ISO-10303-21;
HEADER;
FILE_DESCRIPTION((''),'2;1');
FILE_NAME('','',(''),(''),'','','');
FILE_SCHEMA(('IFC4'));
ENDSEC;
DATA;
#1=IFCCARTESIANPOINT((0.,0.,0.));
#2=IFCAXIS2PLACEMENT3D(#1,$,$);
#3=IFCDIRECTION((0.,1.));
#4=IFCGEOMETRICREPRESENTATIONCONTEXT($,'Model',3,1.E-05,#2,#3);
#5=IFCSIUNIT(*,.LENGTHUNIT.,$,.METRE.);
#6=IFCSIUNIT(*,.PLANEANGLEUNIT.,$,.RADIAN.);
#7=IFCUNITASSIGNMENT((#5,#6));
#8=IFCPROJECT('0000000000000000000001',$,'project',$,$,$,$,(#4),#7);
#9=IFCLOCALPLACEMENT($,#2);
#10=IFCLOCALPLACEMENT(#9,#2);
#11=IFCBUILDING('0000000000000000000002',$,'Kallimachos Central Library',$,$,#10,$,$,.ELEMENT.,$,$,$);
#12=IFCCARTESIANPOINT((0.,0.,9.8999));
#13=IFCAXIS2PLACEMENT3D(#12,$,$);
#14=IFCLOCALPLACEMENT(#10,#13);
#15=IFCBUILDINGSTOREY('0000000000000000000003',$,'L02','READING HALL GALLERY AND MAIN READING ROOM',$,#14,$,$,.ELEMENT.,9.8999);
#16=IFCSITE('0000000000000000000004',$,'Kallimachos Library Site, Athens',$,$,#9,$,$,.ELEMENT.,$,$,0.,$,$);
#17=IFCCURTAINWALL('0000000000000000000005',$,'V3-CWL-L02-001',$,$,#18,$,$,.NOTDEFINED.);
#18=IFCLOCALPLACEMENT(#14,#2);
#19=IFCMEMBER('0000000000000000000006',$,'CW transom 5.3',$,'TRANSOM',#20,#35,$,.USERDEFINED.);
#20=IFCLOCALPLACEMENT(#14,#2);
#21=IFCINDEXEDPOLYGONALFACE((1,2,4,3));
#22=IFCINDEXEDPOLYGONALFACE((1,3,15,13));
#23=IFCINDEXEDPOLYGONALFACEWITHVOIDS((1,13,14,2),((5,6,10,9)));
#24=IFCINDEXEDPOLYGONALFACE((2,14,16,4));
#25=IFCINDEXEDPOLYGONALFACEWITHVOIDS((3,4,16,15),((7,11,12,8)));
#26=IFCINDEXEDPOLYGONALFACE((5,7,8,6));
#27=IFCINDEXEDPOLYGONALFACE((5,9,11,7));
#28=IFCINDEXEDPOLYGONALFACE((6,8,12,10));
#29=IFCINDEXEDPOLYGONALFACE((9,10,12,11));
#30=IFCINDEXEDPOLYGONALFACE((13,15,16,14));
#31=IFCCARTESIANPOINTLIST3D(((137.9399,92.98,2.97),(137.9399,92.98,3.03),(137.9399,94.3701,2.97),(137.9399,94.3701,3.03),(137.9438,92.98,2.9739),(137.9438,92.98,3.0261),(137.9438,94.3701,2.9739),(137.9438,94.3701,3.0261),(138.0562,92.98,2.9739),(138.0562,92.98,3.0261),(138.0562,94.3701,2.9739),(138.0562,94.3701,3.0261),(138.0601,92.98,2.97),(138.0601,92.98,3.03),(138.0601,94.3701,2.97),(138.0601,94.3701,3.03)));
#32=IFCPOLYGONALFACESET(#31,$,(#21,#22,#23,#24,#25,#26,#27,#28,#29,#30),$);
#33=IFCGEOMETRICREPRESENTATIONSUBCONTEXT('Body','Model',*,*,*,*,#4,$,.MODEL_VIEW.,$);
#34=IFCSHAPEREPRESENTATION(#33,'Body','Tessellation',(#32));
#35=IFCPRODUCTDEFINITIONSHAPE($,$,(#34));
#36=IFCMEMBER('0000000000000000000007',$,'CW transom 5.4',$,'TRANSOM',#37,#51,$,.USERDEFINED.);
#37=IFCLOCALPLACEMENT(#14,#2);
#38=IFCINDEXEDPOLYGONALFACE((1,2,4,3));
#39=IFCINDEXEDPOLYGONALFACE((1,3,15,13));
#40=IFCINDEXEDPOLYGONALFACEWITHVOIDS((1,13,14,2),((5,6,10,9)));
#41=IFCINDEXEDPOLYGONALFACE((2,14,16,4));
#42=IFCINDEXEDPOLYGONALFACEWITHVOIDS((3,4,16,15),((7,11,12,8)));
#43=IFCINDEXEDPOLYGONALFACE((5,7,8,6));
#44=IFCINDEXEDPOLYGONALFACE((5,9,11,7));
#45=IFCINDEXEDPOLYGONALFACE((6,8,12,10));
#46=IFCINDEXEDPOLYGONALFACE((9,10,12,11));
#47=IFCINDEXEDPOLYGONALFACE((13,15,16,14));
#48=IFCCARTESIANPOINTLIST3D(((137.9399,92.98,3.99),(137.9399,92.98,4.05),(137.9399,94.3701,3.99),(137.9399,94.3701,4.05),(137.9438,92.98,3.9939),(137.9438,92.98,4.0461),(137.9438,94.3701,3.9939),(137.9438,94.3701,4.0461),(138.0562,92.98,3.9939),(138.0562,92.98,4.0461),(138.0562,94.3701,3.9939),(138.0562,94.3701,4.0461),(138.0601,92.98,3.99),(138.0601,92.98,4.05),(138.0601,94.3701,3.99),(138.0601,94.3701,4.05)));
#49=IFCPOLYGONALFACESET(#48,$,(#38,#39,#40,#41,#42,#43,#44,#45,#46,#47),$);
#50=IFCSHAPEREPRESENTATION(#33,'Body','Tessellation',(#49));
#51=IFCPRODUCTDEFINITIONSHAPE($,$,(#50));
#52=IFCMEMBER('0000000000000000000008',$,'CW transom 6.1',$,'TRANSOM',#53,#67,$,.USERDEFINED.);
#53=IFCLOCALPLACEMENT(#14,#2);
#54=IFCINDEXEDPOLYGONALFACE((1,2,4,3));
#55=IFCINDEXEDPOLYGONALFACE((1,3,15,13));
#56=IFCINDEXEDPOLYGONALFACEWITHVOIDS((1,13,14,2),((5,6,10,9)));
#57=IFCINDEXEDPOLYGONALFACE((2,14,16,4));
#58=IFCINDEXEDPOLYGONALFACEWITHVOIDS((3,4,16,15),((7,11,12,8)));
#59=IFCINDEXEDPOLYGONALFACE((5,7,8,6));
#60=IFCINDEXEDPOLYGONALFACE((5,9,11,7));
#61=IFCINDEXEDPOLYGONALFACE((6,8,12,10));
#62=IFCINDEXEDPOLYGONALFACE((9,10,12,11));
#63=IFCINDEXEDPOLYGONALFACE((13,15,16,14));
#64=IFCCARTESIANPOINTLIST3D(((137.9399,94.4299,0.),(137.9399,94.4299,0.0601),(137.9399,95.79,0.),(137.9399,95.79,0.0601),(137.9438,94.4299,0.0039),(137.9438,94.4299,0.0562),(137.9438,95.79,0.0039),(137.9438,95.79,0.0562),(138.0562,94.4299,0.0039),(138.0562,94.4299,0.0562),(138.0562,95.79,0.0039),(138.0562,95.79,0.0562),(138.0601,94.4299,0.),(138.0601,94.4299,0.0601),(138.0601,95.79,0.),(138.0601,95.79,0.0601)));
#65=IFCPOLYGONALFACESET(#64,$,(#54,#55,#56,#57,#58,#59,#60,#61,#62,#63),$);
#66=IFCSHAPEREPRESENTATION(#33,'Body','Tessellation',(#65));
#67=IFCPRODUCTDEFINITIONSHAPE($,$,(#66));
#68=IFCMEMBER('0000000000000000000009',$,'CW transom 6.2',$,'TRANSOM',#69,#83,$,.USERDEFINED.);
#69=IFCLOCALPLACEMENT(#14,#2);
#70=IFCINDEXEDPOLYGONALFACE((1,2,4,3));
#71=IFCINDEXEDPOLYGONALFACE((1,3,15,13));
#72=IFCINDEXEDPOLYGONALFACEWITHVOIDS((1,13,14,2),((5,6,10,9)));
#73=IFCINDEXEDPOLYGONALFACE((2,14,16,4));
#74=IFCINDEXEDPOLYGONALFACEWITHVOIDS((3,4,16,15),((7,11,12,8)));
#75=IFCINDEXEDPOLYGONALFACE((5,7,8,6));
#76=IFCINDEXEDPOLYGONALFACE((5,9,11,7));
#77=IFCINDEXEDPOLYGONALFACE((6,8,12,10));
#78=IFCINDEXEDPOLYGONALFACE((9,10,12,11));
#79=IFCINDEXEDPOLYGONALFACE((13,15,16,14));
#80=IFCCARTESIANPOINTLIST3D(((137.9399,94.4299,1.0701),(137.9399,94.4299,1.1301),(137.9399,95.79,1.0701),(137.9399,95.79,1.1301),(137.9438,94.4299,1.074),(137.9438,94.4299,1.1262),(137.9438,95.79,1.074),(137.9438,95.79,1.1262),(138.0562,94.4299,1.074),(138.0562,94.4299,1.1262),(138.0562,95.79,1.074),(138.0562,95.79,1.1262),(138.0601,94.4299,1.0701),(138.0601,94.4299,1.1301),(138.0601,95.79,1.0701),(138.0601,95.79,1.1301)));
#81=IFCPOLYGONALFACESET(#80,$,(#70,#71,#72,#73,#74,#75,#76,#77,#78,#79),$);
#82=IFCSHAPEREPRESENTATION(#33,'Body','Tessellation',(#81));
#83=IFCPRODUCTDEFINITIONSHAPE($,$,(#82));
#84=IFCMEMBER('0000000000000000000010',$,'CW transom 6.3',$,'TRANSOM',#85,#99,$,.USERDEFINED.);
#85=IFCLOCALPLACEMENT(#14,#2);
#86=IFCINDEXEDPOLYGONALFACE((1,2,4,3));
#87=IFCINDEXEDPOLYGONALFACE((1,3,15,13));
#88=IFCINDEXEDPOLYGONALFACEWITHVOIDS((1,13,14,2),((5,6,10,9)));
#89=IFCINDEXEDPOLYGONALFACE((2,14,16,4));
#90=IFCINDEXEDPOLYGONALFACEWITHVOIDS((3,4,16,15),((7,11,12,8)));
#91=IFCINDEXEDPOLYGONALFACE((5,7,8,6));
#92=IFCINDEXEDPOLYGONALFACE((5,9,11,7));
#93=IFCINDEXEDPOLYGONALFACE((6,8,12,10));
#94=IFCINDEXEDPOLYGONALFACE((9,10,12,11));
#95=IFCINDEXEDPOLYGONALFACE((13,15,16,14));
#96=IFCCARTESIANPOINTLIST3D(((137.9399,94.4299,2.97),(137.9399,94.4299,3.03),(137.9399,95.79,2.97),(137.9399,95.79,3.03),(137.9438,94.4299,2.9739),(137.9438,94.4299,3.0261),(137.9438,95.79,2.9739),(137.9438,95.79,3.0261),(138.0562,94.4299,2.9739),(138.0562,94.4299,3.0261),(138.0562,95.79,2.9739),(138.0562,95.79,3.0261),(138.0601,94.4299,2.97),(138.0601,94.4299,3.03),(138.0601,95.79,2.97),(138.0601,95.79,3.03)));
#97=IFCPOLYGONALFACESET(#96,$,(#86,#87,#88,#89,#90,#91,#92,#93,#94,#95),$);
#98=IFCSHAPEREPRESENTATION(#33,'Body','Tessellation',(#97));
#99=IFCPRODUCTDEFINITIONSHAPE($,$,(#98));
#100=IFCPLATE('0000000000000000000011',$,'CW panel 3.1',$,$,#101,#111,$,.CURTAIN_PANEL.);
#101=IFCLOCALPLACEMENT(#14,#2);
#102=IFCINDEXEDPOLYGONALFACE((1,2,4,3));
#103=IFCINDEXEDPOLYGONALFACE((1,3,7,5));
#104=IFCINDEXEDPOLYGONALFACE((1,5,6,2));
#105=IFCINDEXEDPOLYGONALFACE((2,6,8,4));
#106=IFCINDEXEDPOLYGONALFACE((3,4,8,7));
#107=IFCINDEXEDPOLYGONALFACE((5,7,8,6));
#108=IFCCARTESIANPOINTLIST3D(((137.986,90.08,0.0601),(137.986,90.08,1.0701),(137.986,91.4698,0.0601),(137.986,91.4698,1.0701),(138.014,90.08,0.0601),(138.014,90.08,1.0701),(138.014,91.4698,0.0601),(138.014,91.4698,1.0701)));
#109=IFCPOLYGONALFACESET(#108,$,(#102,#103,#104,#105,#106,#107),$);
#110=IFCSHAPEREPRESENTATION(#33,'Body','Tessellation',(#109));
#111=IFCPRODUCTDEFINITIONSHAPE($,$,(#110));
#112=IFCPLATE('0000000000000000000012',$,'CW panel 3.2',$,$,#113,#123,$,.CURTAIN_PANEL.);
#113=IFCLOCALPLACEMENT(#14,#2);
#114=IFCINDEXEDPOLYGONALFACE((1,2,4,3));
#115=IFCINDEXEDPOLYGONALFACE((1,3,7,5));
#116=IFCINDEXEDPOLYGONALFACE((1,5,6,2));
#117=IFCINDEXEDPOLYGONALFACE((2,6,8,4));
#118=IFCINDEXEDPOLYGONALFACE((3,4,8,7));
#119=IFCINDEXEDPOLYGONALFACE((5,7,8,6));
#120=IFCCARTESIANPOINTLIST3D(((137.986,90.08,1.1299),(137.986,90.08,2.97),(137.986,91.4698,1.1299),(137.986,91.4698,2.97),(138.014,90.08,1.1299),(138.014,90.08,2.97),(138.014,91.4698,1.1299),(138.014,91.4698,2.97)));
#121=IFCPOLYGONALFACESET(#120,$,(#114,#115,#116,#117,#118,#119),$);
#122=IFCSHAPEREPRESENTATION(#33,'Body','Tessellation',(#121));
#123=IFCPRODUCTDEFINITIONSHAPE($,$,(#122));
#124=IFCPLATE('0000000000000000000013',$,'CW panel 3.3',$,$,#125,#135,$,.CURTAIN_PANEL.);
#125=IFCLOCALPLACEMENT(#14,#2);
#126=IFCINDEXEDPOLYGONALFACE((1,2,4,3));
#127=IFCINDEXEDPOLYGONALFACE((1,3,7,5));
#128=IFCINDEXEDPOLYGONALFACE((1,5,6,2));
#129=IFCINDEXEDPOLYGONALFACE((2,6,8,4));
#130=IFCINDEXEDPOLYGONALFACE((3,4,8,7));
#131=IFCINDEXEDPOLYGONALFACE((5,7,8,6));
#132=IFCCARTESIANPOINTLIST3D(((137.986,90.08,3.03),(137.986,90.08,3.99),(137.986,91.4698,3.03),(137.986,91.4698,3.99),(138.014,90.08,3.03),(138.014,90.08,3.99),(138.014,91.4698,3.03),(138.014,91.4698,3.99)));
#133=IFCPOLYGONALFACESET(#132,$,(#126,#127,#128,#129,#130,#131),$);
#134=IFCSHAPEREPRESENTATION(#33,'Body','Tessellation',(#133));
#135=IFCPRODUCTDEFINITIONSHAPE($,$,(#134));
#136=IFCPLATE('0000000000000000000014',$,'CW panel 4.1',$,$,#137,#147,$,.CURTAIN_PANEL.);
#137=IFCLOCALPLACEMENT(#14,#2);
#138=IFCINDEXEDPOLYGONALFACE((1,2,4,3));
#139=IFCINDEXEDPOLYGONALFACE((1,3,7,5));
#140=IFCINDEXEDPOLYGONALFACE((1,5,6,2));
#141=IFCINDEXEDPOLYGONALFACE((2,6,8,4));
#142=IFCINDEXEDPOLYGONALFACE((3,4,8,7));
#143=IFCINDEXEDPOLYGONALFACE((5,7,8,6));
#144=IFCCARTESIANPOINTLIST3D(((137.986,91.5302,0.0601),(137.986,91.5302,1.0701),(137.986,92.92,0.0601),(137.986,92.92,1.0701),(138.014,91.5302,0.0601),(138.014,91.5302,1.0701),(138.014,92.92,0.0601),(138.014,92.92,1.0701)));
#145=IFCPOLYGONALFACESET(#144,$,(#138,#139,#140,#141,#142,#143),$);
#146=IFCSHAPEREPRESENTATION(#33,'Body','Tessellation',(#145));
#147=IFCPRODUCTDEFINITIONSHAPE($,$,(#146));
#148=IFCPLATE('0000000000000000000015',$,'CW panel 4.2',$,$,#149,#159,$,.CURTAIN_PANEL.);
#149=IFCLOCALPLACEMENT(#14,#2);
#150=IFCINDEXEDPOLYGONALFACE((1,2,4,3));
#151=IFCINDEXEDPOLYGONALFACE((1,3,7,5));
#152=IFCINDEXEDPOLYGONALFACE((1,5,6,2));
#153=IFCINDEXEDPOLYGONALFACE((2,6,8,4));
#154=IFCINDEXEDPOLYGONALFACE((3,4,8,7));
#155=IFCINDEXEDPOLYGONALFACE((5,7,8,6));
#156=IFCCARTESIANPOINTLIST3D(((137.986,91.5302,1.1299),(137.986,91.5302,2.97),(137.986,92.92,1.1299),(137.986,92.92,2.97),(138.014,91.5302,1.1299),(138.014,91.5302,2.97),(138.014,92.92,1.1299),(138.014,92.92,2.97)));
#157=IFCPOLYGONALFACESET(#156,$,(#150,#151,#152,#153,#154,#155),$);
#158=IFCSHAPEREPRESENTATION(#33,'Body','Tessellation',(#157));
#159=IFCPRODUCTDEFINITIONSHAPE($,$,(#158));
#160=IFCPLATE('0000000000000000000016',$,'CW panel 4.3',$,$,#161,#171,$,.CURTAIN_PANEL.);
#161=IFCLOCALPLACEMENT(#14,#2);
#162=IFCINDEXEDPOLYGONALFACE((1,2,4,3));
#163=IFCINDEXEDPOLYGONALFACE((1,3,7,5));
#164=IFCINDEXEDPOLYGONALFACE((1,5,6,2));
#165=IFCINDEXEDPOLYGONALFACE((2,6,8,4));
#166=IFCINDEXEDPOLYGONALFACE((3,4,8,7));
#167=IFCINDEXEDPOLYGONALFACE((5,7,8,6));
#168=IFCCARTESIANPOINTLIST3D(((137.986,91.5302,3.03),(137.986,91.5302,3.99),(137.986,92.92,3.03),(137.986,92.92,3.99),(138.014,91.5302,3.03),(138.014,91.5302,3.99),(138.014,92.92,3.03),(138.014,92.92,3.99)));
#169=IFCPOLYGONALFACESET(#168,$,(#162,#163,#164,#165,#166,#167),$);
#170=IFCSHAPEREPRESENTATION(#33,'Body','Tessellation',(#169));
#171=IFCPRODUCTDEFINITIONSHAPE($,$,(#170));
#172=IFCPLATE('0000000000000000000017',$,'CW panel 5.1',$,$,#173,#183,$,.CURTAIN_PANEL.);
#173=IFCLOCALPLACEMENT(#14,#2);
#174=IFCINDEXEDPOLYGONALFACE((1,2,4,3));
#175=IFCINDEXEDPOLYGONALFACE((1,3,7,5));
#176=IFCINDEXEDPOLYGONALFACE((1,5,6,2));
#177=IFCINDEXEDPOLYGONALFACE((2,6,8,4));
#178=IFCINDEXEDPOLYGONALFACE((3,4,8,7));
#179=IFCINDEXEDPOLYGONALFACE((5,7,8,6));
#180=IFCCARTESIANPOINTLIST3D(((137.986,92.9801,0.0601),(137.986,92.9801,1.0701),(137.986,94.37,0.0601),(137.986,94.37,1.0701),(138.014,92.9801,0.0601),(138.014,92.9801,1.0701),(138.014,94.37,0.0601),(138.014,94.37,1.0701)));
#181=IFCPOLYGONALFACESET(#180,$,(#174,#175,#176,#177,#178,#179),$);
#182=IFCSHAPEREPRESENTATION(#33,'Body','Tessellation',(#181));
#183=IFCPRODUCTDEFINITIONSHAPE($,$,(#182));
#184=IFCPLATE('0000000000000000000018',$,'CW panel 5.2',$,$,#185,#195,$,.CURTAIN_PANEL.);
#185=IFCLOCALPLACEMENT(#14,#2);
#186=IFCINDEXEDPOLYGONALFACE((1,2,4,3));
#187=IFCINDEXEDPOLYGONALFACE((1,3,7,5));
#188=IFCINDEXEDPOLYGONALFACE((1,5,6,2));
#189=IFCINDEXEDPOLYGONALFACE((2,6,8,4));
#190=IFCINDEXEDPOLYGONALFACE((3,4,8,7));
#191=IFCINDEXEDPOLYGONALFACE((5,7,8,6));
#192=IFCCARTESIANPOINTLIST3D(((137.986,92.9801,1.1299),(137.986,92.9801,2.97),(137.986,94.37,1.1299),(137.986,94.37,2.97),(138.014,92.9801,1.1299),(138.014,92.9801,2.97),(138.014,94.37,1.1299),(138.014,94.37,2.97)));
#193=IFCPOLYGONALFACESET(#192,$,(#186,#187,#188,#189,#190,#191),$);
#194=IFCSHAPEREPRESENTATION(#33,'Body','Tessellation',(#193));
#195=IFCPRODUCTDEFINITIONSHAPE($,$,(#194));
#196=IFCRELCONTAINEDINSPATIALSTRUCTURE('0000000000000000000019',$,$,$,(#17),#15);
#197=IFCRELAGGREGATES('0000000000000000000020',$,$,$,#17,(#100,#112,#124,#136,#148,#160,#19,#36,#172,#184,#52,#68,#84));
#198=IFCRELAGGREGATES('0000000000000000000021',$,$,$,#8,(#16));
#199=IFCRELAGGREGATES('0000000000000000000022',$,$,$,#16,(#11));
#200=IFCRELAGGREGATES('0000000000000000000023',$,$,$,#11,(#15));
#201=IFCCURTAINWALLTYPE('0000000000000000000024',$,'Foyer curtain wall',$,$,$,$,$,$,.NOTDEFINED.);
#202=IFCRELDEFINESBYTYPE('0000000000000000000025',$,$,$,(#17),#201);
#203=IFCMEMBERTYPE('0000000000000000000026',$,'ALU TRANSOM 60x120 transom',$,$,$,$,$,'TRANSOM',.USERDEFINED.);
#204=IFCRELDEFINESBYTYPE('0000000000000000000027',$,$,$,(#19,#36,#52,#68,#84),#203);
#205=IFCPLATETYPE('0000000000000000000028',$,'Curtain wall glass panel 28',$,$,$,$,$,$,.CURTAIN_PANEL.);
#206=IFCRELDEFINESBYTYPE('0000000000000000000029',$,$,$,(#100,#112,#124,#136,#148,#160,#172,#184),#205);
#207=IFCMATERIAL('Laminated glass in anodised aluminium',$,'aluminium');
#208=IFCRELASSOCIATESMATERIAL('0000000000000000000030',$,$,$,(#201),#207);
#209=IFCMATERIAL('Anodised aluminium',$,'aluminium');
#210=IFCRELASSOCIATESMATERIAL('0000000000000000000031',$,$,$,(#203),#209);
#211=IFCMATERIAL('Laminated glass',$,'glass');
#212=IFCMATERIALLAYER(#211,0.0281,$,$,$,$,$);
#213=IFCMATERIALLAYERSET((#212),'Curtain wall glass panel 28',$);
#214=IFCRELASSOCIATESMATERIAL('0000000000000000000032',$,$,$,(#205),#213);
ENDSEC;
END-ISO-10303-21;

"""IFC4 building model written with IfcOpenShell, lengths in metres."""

from ifc_helpers import new_model, si_unit, direction, frame, origin, origin_2d, place, context, subcontext, project, spatial, rectangle, hollow_rectangle, extrude, material, layer, layer_set, material_profile, profile_set, type_object, element, aggregate, save


model = new_model("IFC4")

# Units and contexts
model_context = context("Model", 3, precision=1e-05, world=origin(), true_north=direction((0.0, 1.0)))
body_context = subcontext(model_context, "Body", "Model", "MODEL_VIEW")
ifc_project = project(units=[si_unit("LENGTHUNIT", "METRE"), si_unit("PLANEANGLEUNIT", "RADIAN")], contexts=[model_context])

# Site, building, storey
site_placement = place(None, origin())
site = spatial("IfcSite", under=ifc_project, at=site_placement, Name="Kallimachos Library Site, Athens", CompositionType="ELEMENT", RefElevation=0.0)
building_placement = place(site_placement, origin())
building = spatial("IfcBuilding", under=site, at=building_placement, Name="Kallimachos Central Library", CompositionType="ELEMENT")
storey_placement = place(building_placement, frame((0.0, 0.0, 9.8999)))
storey = spatial("IfcBuildingStorey", under=building, at=storey_placement, Name="L02", Description="READING HALL GALLERY AND MAIN READING ROOM", CompositionType="ELEMENT", Elevation=9.8999)

# Curtain wall, members, plates
ifc_material_1 = material(Name="Laminated glass in anodised aluminium", Category="aluminium")
curtain_wall_type_1 = type_object("IfcCurtainWallType", Name="Foyer curtain wall", PredefinedType="NOTDEFINED", material=ifc_material_1)
curtain_wall_1_placement = place(storey_placement, origin())
curtain_wall_1 = element("IfcCurtainWall", 1, at=curtain_wall_1_placement, inside=storey, type_object=curtain_wall_type_1, Name="V3-CWL-L02-001", PredefinedType="NOTDEFINED")
ifc_material_2 = material(Name="Anodised aluminium", Category="aluminium")
ifc_material_profile_1 = material_profile(ifc_material_2, hollow_rectangle(XDim=0.0601, YDim=0.1201, WallThickness=0.0039, at=origin_2d()), Name="ALU TRANSOM 60x120")
ifc_profile_set_1 = profile_set([ifc_material_profile_1], Name="Anodised aluminium")
member_type_1 = type_object("IfcMemberType", Name="ALU TRANSOM 60x120 transom", ElementType="TRANSOM", PredefinedType="USERDEFINED", material=ifc_profile_set_1)
member_1_placement = place(storey_placement, frame((138.0, 92.98, 3.0), z_axis=(0.0, 1.0, 0.0), x_axis=(0.0, 0.0, 1.0)))
member_1 = element("IfcMember", 2, at=member_1_placement, type_object=member_type_1, Name="CW transom 5.3", ObjectType="TRANSOM", PredefinedType="USERDEFINED", context=body_context, shape_type="SweptSolid", body=[
    extrude(hollow_rectangle(XDim=0.0601, YDim=0.1201, WallThickness=0.0039, at=origin_2d()), origin(), (0.0, 0.0, 1.0), 1.3901),
])
member_2_placement = place(storey_placement, frame((138.0, 92.98, 4.02), z_axis=(0.0, 1.0, 0.0), x_axis=(0.0, 0.0, 1.0)))
member_2 = element("IfcMember", 3, at=member_2_placement, type_object=member_type_1, Name="CW transom 5.4", ObjectType="TRANSOM", PredefinedType="USERDEFINED", context=body_context, shape_type="SweptSolid", body=[
    extrude(hollow_rectangle(XDim=0.0601, YDim=0.1201, WallThickness=0.0039, at=origin_2d()), origin(), (0.0, 0.0, 1.0), 1.3901),
])
member_3_placement = place(storey_placement, frame((138.0, 94.4299, 0.03), z_axis=(0.0, 1.0, 0.0), x_axis=(0.0, 0.0, 1.0)))
member_3 = element("IfcMember", 4, at=member_3_placement, type_object=member_type_1, Name="CW transom 6.1", ObjectType="TRANSOM", PredefinedType="USERDEFINED", context=body_context, shape_type="SweptSolid", body=[
    extrude(hollow_rectangle(XDim=0.0601, YDim=0.1201, WallThickness=0.0039, at=origin_2d()), origin(), (0.0, 0.0, 1.0), 1.3601),
])
member_4_placement = place(storey_placement, frame((138.0, 94.4299, 1.1001), z_axis=(0.0, 1.0, 0.0), x_axis=(0.0, 0.0, 1.0)))
member_4 = element("IfcMember", 5, at=member_4_placement, type_object=member_type_1, Name="CW transom 6.2", ObjectType="TRANSOM", PredefinedType="USERDEFINED", context=body_context, shape_type="SweptSolid", body=[
    extrude(hollow_rectangle(XDim=0.0601, YDim=0.1201, WallThickness=0.0039, at=origin_2d()), origin(), (0.0, 0.0, 1.0), 1.3601),
])
member_5_placement = place(storey_placement, frame((138.0, 94.4299, 3.0), z_axis=(0.0, 1.0, 0.0), x_axis=(0.0, 0.0, 1.0)))
member_5 = element("IfcMember", 6, at=member_5_placement, type_object=member_type_1, Name="CW transom 6.3", ObjectType="TRANSOM", PredefinedType="USERDEFINED", context=body_context, shape_type="SweptSolid", body=[
    extrude(hollow_rectangle(XDim=0.0601, YDim=0.1201, WallThickness=0.0039, at=origin_2d()), origin(), (0.0, 0.0, 1.0), 1.3601),
])
ifc_material_3 = material(Name="Laminated glass", Category="glass")
ifc_layer = layer(ifc_material_3, 0.0281)
ifc_layer_set = layer_set([ifc_layer], Name="Curtain wall glass panel 28")
plate_type = type_object("IfcPlateType", Name="Curtain wall glass panel 28", PredefinedType="CURTAIN_PANEL", material=ifc_layer_set)
plate_1_placement = place(storey_placement, frame((138.0, 90.7749, 0.0601), z_axis=(0.0, 0.0, 1.0), x_axis=(0.0, 1.0, 0.0)))
plate_1 = element("IfcPlate", 7, at=plate_1_placement, type_object=plate_type, Name="CW panel 3.1", PredefinedType="CURTAIN_PANEL", context=body_context, shape_type="SweptSolid", body=[
    extrude(rectangle(XDim=1.3899, YDim=0.0281, at=origin_2d()), origin(), (0.0, 0.0, 1.0), 1.01),
])
plate_2_placement = place(storey_placement, frame((138.0, 90.7749, 1.1299), z_axis=(0.0, 0.0, 1.0), x_axis=(0.0, 1.0, 0.0)))
plate_2 = element("IfcPlate", 8, at=plate_2_placement, type_object=plate_type, Name="CW panel 3.2", PredefinedType="CURTAIN_PANEL", context=body_context, shape_type="SweptSolid", body=[
    extrude(rectangle(XDim=1.3899, YDim=0.0281, at=origin_2d()), origin(), (0.0, 0.0, 1.0), 1.8401),
])
plate_3_placement = place(storey_placement, frame((138.0, 90.7749, 3.03), z_axis=(0.0, 0.0, 1.0), x_axis=(0.0, 1.0, 0.0)))
plate_3 = element("IfcPlate", 9, at=plate_3_placement, type_object=plate_type, Name="CW panel 3.3", PredefinedType="CURTAIN_PANEL", context=body_context, shape_type="SweptSolid", body=[
    extrude(rectangle(XDim=1.3899, YDim=0.0281, at=origin_2d()), origin(), (0.0, 0.0, 1.0), 0.96),
])
plate_4_placement = place(storey_placement, frame((138.0, 92.2251, 0.0601), z_axis=(0.0, 0.0, 1.0), x_axis=(0.0, 1.0, 0.0)))
plate_4 = element("IfcPlate", 10, at=plate_4_placement, type_object=plate_type, Name="CW panel 4.1", PredefinedType="CURTAIN_PANEL", context=body_context, shape_type="SweptSolid", body=[
    extrude(rectangle(XDim=1.3899, YDim=0.0281, at=origin_2d()), origin(), (0.0, 0.0, 1.0), 1.01),
])
plate_5_placement = place(storey_placement, frame((138.0, 92.2251, 1.1299), z_axis=(0.0, 0.0, 1.0), x_axis=(0.0, 1.0, 0.0)))
plate_5 = element("IfcPlate", 11, at=plate_5_placement, type_object=plate_type, Name="CW panel 4.2", PredefinedType="CURTAIN_PANEL", context=body_context, shape_type="SweptSolid", body=[
    extrude(rectangle(XDim=1.3899, YDim=0.0281, at=origin_2d()), origin(), (0.0, 0.0, 1.0), 1.8401),
])
plate_6_placement = place(storey_placement, frame((138.0, 92.2251, 3.03), z_axis=(0.0, 0.0, 1.0), x_axis=(0.0, 1.0, 0.0)))
plate_6 = element("IfcPlate", 12, at=plate_6_placement, type_object=plate_type, Name="CW panel 4.3", PredefinedType="CURTAIN_PANEL", context=body_context, shape_type="SweptSolid", body=[
    extrude(rectangle(XDim=1.3899, YDim=0.0281, at=origin_2d()), origin(), (0.0, 0.0, 1.0), 0.96),
])
plate_7_placement = place(storey_placement, frame((138.0, 93.675, 0.0601), z_axis=(0.0, 0.0, 1.0), x_axis=(0.0, 1.0, 0.0)))
plate_7 = element("IfcPlate", 13, at=plate_7_placement, type_object=plate_type, Name="CW panel 5.1", PredefinedType="CURTAIN_PANEL", context=body_context, shape_type="SweptSolid", body=[
    extrude(rectangle(XDim=1.3899, YDim=0.0281, at=origin_2d()), origin(), (0.0, 0.0, 1.0), 1.01),
])
plate_8_placement = place(storey_placement, frame((138.0, 93.675, 1.1299), z_axis=(0.0, 0.0, 1.0), x_axis=(0.0, 1.0, 0.0)))
plate_8 = element("IfcPlate", 14, at=plate_8_placement, type_object=plate_type, Name="CW panel 5.2", PredefinedType="CURTAIN_PANEL", context=body_context, shape_type="SweptSolid", body=[
    extrude(rectangle(XDim=1.3899, YDim=0.0281, at=origin_2d()), origin(), (0.0, 0.0, 1.0), 1.8401),
])
aggregate(curtain_wall_1, [plate_1, plate_2, plate_3, plate_4, plate_5, plate_6, member_1, member_2, plate_7, plate_8, member_3, member_4, member_5])

save(model, "model.ifc")
